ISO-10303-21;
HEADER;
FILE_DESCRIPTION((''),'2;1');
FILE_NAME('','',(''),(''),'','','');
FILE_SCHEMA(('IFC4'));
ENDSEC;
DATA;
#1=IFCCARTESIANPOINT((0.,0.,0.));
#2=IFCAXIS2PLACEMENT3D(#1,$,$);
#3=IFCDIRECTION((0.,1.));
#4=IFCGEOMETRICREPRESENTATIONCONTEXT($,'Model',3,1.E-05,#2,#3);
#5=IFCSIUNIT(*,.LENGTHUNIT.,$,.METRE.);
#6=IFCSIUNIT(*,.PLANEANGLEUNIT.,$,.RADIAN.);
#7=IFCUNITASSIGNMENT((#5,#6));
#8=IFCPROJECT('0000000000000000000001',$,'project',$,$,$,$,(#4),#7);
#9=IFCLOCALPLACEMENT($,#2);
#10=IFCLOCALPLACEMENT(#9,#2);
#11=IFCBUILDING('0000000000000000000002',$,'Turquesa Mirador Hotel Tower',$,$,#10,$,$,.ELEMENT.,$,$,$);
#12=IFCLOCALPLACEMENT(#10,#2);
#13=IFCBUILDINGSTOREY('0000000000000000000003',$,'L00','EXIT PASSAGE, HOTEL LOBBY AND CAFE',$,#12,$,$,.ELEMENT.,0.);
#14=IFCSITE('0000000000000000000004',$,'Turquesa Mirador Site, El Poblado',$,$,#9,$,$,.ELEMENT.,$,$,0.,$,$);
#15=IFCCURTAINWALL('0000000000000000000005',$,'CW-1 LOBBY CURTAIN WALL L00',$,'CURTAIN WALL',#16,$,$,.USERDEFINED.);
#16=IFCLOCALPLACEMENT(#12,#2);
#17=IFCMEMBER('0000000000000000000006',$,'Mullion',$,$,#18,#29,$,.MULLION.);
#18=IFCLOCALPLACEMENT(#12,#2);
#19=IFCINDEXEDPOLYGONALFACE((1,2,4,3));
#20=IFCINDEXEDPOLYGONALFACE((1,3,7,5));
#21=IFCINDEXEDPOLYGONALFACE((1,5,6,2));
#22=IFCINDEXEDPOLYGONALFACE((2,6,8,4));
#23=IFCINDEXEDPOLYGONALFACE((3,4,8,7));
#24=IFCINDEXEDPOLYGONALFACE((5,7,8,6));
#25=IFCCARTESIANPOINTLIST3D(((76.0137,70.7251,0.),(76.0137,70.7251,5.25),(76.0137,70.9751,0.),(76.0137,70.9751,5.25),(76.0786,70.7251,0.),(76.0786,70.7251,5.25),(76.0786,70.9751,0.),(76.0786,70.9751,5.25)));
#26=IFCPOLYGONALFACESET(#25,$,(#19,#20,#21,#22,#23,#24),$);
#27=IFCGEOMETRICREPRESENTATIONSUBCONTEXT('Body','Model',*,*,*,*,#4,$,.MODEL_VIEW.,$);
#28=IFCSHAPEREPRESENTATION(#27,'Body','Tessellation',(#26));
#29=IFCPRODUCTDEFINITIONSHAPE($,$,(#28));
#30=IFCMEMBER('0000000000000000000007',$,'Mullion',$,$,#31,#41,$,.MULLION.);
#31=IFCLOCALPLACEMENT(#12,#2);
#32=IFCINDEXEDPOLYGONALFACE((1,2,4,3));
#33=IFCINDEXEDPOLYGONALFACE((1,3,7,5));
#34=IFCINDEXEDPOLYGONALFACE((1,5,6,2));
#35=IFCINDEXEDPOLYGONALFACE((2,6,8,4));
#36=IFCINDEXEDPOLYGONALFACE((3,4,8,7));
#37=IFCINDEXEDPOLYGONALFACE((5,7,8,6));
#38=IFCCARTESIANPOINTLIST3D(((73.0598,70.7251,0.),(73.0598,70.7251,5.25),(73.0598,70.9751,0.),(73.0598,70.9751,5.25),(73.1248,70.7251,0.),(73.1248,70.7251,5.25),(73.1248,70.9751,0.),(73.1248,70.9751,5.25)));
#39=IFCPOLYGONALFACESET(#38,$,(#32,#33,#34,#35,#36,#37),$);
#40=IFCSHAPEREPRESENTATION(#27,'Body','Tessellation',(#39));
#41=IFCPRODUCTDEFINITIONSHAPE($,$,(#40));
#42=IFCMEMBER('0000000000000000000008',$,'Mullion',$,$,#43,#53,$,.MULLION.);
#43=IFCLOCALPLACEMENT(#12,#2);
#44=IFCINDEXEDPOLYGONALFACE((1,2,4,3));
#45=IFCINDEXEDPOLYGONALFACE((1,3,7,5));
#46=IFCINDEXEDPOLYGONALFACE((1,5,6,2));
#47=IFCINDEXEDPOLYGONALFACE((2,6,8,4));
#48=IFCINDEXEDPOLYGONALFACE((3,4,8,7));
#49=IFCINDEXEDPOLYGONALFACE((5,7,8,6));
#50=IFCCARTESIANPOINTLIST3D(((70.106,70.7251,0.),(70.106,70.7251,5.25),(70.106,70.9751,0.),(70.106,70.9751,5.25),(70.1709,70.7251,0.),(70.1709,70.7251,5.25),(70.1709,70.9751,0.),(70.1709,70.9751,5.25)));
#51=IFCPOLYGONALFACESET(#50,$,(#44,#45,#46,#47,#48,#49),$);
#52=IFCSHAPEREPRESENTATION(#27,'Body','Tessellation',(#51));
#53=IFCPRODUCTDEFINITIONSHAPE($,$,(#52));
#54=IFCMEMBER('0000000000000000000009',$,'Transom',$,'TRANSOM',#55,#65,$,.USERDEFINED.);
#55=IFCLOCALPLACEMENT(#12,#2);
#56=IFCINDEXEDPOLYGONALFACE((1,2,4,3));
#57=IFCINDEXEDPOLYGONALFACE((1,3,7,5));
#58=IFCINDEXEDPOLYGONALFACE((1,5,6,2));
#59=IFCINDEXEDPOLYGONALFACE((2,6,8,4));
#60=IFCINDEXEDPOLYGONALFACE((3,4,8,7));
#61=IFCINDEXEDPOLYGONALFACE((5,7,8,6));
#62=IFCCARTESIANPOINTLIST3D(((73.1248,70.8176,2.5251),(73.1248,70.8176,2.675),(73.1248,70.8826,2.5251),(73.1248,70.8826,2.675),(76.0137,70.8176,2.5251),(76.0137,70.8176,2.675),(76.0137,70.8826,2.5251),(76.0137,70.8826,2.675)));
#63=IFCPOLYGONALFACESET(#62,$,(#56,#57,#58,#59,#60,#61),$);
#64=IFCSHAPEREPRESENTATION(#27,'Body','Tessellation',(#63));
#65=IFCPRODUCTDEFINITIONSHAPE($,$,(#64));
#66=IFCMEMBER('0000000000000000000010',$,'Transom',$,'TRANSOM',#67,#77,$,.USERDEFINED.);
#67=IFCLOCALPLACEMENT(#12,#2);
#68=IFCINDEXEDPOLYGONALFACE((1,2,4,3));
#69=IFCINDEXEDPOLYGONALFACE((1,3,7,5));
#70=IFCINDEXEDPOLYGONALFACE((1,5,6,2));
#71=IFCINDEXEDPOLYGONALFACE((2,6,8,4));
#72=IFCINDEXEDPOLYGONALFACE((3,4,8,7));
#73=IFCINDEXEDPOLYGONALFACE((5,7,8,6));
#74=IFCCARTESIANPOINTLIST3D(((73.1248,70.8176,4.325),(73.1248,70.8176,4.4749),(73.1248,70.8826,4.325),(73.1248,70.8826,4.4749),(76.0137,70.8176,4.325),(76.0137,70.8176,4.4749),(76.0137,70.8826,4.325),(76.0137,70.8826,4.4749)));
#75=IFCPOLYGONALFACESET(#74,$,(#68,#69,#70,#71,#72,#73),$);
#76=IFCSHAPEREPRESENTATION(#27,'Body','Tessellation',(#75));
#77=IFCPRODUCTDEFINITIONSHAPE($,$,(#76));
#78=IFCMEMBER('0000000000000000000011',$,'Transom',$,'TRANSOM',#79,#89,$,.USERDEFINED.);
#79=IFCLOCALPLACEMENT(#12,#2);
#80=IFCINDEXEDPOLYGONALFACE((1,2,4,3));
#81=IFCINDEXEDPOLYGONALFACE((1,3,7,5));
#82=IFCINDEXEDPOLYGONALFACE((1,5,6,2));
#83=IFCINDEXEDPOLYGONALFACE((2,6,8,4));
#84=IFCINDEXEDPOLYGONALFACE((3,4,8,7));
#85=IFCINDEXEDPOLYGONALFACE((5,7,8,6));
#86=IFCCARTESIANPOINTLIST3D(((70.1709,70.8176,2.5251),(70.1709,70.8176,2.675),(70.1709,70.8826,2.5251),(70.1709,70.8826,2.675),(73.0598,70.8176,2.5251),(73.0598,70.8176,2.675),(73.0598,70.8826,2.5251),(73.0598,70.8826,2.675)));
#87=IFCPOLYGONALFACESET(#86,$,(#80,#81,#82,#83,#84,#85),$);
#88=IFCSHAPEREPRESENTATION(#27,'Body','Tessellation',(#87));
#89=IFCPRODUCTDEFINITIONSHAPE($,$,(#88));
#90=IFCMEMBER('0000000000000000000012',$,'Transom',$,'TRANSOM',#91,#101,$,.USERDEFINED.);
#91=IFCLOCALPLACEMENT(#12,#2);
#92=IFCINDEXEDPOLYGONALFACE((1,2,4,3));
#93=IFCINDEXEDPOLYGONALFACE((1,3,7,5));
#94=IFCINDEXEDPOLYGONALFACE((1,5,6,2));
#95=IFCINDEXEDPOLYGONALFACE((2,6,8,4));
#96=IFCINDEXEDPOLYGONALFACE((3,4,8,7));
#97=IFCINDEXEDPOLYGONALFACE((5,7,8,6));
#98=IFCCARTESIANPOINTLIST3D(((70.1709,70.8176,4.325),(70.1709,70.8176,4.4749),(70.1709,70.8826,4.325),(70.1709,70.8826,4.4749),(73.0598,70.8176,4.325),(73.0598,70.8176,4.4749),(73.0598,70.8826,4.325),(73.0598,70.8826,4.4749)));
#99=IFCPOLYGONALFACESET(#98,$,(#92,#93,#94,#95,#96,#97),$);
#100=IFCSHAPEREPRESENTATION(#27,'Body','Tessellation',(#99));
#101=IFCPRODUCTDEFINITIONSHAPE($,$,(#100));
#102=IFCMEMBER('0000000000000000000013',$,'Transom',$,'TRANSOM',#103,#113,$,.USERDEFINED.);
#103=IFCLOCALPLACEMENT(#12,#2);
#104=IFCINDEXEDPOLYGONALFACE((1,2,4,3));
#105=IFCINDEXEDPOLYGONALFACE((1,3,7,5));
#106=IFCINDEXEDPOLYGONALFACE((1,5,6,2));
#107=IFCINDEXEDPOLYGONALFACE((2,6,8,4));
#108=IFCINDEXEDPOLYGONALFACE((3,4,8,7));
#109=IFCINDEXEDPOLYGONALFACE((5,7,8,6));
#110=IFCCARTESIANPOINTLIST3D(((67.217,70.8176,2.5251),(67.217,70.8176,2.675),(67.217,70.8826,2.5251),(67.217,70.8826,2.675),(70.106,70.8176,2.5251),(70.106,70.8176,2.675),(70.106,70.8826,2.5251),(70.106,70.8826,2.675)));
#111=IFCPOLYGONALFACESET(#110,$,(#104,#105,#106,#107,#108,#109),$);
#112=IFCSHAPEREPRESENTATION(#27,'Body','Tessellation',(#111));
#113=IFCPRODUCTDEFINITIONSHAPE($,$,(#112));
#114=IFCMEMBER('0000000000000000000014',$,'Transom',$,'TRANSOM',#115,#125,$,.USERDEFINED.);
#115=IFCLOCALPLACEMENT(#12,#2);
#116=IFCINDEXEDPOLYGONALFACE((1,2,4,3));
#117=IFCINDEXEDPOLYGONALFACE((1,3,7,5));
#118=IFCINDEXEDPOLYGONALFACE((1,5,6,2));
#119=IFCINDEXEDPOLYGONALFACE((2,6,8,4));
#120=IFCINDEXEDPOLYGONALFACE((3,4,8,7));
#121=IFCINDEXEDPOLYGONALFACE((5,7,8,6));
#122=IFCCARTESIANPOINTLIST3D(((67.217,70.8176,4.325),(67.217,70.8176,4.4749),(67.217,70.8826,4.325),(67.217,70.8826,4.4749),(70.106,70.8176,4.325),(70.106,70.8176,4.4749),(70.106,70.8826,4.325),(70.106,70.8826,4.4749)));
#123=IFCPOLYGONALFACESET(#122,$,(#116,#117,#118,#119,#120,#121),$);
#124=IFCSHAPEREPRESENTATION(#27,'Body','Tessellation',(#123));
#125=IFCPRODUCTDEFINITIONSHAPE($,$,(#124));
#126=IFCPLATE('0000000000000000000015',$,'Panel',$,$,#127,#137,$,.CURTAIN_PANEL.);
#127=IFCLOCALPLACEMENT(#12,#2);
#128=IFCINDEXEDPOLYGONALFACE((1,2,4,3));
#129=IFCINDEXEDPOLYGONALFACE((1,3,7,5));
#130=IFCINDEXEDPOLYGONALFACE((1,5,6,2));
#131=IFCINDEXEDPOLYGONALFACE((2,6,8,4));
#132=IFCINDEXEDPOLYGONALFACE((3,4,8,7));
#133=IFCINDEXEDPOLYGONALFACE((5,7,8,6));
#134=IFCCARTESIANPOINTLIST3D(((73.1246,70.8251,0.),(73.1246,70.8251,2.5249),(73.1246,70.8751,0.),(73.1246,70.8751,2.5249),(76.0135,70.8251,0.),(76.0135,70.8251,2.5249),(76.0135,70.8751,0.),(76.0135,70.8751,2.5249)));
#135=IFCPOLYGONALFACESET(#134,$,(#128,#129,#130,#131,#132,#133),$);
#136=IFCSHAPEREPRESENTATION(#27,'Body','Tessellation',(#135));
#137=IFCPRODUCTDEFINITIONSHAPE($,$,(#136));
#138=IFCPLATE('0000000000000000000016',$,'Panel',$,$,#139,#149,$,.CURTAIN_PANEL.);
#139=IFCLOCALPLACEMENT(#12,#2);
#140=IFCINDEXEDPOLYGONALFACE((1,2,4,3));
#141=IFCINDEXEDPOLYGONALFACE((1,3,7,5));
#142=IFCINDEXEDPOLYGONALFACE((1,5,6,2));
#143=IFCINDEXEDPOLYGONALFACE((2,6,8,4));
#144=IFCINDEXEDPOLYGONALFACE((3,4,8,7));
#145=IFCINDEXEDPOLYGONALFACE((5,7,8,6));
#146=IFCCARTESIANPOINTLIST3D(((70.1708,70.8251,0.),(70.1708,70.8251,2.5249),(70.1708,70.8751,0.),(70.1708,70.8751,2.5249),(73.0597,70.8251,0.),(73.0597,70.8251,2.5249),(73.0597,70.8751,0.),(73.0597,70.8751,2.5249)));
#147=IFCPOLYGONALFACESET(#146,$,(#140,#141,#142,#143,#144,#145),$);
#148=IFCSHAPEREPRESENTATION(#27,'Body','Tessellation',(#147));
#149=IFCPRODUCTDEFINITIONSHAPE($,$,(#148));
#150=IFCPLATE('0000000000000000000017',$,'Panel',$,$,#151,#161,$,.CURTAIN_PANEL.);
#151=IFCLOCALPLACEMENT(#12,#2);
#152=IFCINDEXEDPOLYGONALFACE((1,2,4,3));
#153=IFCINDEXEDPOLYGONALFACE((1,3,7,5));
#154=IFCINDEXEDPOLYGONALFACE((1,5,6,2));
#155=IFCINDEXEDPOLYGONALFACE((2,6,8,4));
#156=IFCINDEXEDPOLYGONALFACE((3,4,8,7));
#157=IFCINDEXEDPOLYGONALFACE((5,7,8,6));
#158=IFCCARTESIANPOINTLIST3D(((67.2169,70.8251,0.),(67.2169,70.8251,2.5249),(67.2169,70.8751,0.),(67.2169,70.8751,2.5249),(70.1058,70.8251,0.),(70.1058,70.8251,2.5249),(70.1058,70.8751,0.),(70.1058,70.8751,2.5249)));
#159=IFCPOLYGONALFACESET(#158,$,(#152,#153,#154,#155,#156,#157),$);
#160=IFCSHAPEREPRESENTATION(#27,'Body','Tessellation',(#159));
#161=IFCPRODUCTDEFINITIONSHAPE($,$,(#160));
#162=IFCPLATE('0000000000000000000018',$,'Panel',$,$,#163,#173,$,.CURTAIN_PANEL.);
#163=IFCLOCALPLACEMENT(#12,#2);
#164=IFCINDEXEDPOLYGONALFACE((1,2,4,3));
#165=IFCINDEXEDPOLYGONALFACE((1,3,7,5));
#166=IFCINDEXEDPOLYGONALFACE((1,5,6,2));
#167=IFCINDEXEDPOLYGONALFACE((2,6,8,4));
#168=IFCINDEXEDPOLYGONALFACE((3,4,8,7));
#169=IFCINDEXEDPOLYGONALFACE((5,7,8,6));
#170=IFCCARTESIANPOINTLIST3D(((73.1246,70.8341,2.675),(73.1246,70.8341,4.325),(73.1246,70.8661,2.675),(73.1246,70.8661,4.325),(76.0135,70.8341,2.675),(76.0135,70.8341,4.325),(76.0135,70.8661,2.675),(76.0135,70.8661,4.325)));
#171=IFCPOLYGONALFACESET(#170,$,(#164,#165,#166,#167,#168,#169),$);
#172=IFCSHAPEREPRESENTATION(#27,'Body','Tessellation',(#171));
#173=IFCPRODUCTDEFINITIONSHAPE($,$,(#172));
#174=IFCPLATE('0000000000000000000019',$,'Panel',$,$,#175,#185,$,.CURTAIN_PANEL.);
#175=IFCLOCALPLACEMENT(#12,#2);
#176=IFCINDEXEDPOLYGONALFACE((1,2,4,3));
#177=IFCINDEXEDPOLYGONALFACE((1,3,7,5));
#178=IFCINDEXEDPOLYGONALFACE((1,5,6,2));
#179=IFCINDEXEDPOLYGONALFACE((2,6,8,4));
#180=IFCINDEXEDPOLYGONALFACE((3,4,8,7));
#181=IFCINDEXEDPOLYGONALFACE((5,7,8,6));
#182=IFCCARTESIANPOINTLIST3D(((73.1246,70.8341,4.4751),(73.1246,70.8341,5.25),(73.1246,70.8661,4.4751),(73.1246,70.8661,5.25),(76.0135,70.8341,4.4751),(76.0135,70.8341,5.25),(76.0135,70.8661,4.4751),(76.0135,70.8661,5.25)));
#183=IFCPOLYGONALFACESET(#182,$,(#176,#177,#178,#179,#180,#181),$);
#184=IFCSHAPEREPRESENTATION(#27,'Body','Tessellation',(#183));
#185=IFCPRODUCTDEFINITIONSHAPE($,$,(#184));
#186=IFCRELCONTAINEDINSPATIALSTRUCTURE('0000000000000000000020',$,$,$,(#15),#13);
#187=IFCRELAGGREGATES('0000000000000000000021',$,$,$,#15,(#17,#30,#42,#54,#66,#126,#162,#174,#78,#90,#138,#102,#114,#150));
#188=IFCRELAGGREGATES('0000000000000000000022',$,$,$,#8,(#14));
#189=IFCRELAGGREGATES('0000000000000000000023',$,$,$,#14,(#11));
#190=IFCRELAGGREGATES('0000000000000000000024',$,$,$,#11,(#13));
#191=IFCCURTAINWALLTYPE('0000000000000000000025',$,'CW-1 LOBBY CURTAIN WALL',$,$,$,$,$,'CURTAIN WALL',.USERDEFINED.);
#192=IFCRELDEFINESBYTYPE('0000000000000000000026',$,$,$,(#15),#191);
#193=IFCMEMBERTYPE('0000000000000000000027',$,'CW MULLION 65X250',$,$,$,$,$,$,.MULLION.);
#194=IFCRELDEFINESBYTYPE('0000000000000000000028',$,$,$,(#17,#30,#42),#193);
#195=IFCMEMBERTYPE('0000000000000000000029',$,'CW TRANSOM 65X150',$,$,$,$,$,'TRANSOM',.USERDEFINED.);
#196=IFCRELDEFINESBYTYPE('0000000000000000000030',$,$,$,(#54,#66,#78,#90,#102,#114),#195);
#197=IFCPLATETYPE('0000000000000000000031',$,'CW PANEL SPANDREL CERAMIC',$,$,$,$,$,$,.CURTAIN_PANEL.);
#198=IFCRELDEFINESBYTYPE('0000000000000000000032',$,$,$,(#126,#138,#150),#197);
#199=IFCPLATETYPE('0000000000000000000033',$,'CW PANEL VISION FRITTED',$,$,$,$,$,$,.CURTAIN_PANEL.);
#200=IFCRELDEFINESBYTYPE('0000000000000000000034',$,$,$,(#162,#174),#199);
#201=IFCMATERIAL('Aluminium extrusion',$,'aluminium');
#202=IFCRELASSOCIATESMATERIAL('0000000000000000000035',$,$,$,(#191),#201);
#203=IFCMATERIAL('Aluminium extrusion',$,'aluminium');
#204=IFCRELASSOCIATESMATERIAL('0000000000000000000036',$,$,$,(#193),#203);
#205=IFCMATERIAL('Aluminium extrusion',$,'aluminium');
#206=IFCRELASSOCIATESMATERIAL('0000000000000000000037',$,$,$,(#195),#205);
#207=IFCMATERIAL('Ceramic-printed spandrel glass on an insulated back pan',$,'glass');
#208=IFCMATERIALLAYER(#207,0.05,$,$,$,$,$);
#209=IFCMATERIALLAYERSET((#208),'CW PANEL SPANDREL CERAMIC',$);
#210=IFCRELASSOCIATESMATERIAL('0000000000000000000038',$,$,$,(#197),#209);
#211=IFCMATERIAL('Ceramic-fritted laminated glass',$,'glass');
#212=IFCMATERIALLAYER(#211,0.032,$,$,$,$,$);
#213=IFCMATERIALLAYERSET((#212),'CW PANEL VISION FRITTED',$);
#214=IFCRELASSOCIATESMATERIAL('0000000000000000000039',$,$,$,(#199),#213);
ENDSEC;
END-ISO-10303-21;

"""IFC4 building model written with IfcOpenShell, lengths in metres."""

from ifc_helpers import new_model, si_unit, direction, frame, origin, origin_2d, place, context, subcontext, project, spatial, rectangle, extrude, material, layer, layer_set, material_profile, profile_set, type_object, element, aggregate, save


model = new_model("IFC4")

# Units and contexts
model_context = context("Model", 3, precision=1e-05, world=origin(), true_north=direction((0.0, 1.0)))
body_context = subcontext(model_context, "Body", "Model", "MODEL_VIEW")
ifc_project = project(units=[si_unit("LENGTHUNIT", "METRE"), si_unit("PLANEANGLEUNIT", "RADIAN")], contexts=[model_context])

# Site, building, storey
site_placement = place(None, origin())
site = spatial("IfcSite", under=ifc_project, at=site_placement, Name="Turquesa Mirador Site, El Poblado", CompositionType="ELEMENT", RefElevation=0.0)
building_placement = place(site_placement, origin())
building = spatial("IfcBuilding", under=site, at=building_placement, Name="Turquesa Mirador Hotel Tower", CompositionType="ELEMENT")
storey_placement = place(building_placement, origin())
storey = spatial("IfcBuildingStorey", under=building, at=storey_placement, Name="L00", Description="EXIT PASSAGE, HOTEL LOBBY AND CAFE", CompositionType="ELEMENT", Elevation=0.0)

# Curtain wall, members, plates
ifc_material_1 = material(Name="Aluminium extrusion", Category="aluminium")
curtain_wall_type = type_object("IfcCurtainWallType", Name="CW-1 LOBBY CURTAIN WALL", ElementType="CURTAIN WALL", PredefinedType="USERDEFINED", material=ifc_material_1)
curtain_wall_placement = place(storey_placement, origin())
curtain_wall = element("IfcCurtainWall", 1, at=curtain_wall_placement, inside=storey, type_object=curtain_wall_type, Name="CW-1 LOBBY CURTAIN WALL L00", ObjectType="CURTAIN WALL", PredefinedType="USERDEFINED")
ifc_material_2 = material(Name="Aluminium extrusion", Category="aluminium")
ifc_material_profile_1 = material_profile(ifc_material_2, rectangle(XDim=0.0649, YDim=0.25, at=origin_2d()), Name="MULLION 65X250")
ifc_profile_set_1 = profile_set([ifc_material_profile_1], Name="Aluminium extrusion")
member_type_1 = type_object("IfcMemberType", Name="CW MULLION 65X250", PredefinedType="MULLION", material=ifc_profile_set_1)
member_1_placement = place(storey_placement, frame((76.0461, 70.8501, 0.0), z_axis=(0.0, 0.0, 1.0), x_axis=(-1.0, 0.0, 0.0)))
member_1 = element("IfcMember", 2, at=member_1_placement, type_object=member_type_1, Name="Mullion", PredefinedType="MULLION", context=body_context, shape_type="SweptSolid", body=[
    extrude(rectangle(XDim=0.0649, YDim=0.25, at=origin_2d()), origin(), (0.0, 0.0, 1.0), 5.25),
])
member_2_placement = place(storey_placement, frame((73.0923, 70.8501, 0.0), z_axis=(0.0, 0.0, 1.0), x_axis=(-1.0, 0.0, 0.0)))
member_2 = element("IfcMember", 3, at=member_2_placement, type_object=member_type_1, Name="Mullion", PredefinedType="MULLION", context=body_context, shape_type="SweptSolid", body=[
    extrude(rectangle(XDim=0.0649, YDim=0.25, at=origin_2d()), origin(), (0.0, 0.0, 1.0), 5.25),
])
member_3_placement = place(storey_placement, frame((70.1384, 70.8501, 0.0), z_axis=(0.0, 0.0, 1.0), x_axis=(-1.0, 0.0, 0.0)))
member_3 = element("IfcMember", 4, at=member_3_placement, type_object=member_type_1, Name="Mullion", PredefinedType="MULLION", context=body_context, shape_type="SweptSolid", body=[
    extrude(rectangle(XDim=0.0649, YDim=0.25, at=origin_2d()), origin(), (0.0, 0.0, 1.0), 5.25),
])
ifc_material_3 = material(Name="Aluminium extrusion", Category="aluminium")
ifc_material_profile_2 = material_profile(ifc_material_3, rectangle(XDim=0.0649, YDim=0.1499, at=origin_2d()), Name="TRANSOM 65X150")
ifc_profile_set_2 = profile_set([ifc_material_profile_2], Name="Aluminium extrusion")
member_type_2 = type_object("IfcMemberType", Name="CW TRANSOM 65X150", ElementType="TRANSOM", PredefinedType="USERDEFINED", material=ifc_profile_set_2)
member_4_placement = place(storey_placement, frame((76.0137, 70.8501, 2.6001), z_axis=(-1.0, 0.0, 0.0), x_axis=(0.0, -1.0, 0.0)))
member_4 = element("IfcMember", 5, at=member_4_placement, type_object=member_type_2, Name="Transom", ObjectType="TRANSOM", PredefinedType="USERDEFINED", context=body_context, shape_type="SweptSolid", body=[
    extrude(rectangle(XDim=0.0649, YDim=0.1499, at=origin_2d()), origin(), (0.0, 0.0, 1.0), 2.8889),
])
member_5_placement = place(storey_placement, frame((76.0137, 70.8501, 4.3999), z_axis=(-1.0, 0.0, 0.0), x_axis=(0.0, -1.0, 0.0)))
member_5 = element("IfcMember", 6, at=member_5_placement, type_object=member_type_2, Name="Transom", ObjectType="TRANSOM", PredefinedType="USERDEFINED", context=body_context, shape_type="SweptSolid", body=[
    extrude(rectangle(XDim=0.0649, YDim=0.1499, at=origin_2d()), origin(), (0.0, 0.0, 1.0), 2.8889),
])
member_6_placement = place(storey_placement, frame((73.0598, 70.8501, 2.6001), z_axis=(-1.0, 0.0, 0.0), x_axis=(0.0, -1.0, 0.0)))
member_6 = element("IfcMember", 7, at=member_6_placement, type_object=member_type_2, Name="Transom", ObjectType="TRANSOM", PredefinedType="USERDEFINED", context=body_context, shape_type="SweptSolid", body=[
    extrude(rectangle(XDim=0.0649, YDim=0.1499, at=origin_2d()), origin(), (0.0, 0.0, 1.0), 2.8889),
])
member_7_placement = place(storey_placement, frame((73.0598, 70.8501, 4.3999), z_axis=(-1.0, 0.0, 0.0), x_axis=(0.0, -1.0, 0.0)))
member_7 = element("IfcMember", 8, at=member_7_placement, type_object=member_type_2, Name="Transom", ObjectType="TRANSOM", PredefinedType="USERDEFINED", context=body_context, shape_type="SweptSolid", body=[
    extrude(rectangle(XDim=0.0649, YDim=0.1499, at=origin_2d()), origin(), (0.0, 0.0, 1.0), 2.8889),
])
member_8_placement = place(storey_placement, frame((70.106, 70.8501, 2.6001), z_axis=(-1.0, 0.0, 0.0), x_axis=(0.0, -1.0, 0.0)))
member_8 = element("IfcMember", 9, at=member_8_placement, type_object=member_type_2, Name="Transom", ObjectType="TRANSOM", PredefinedType="USERDEFINED", context=body_context, shape_type="SweptSolid", body=[
    extrude(rectangle(XDim=0.0649, YDim=0.1499, at=origin_2d()), origin(), (0.0, 0.0, 1.0), 2.8889),
])
member_9_placement = place(storey_placement, frame((70.106, 70.8501, 4.3999), z_axis=(-1.0, 0.0, 0.0), x_axis=(0.0, -1.0, 0.0)))
member_9 = element("IfcMember", 10, at=member_9_placement, type_object=member_type_2, Name="Transom", ObjectType="TRANSOM", PredefinedType="USERDEFINED", context=body_context, shape_type="SweptSolid", body=[
    extrude(rectangle(XDim=0.0649, YDim=0.1499, at=origin_2d()), origin(), (0.0, 0.0, 1.0), 2.8889),
])
ifc_material_4 = material(Name="Ceramic-printed spandrel glass on an insulated back pan", Category="glass")
ifc_layer_1 = layer(ifc_material_4, 0.05)
ifc_layer_set_1 = layer_set([ifc_layer_1], Name="CW PANEL SPANDREL CERAMIC")
plate_type_1 = type_object("IfcPlateType", Name="CW PANEL SPANDREL CERAMIC", PredefinedType="CURTAIN_PANEL", material=ifc_layer_set_1)
plate_1_placement = place(storey_placement, frame((74.5691, 70.8501, 0.0), z_axis=(0.0, 0.0, 1.0), x_axis=(-1.0, 0.0, 0.0)))
plate_1 = element("IfcPlate", 11, at=plate_1_placement, type_object=plate_type_1, Name="Panel", PredefinedType="CURTAIN_PANEL", context=body_context, shape_type="SweptSolid", body=[
    extrude(rectangle(XDim=2.8889, YDim=0.05, at=origin_2d()), origin(), (0.0, 0.0, 1.0), 2.5249),
])
plate_2_placement = place(storey_placement, frame((71.6152, 70.8501, 0.0), z_axis=(0.0, 0.0, 1.0), x_axis=(-1.0, 0.0, 0.0)))
plate_2 = element("IfcPlate", 12, at=plate_2_placement, type_object=plate_type_1, Name="Panel", PredefinedType="CURTAIN_PANEL", context=body_context, shape_type="SweptSolid", body=[
    extrude(rectangle(XDim=2.8889, YDim=0.05, at=origin_2d()), origin(), (0.0, 0.0, 1.0), 2.5249),
])
plate_3_placement = place(storey_placement, frame((68.6614, 70.8501, 0.0), z_axis=(0.0, 0.0, 1.0), x_axis=(-1.0, 0.0, 0.0)))
plate_3 = element("IfcPlate", 13, at=plate_3_placement, type_object=plate_type_1, Name="Panel", PredefinedType="CURTAIN_PANEL", context=body_context, shape_type="SweptSolid", body=[
    extrude(rectangle(XDim=2.8889, YDim=0.05, at=origin_2d()), origin(), (0.0, 0.0, 1.0), 2.5249),
])
ifc_material_5 = material(Name="Ceramic-fritted laminated glass", Category="glass")
ifc_layer_2 = layer(ifc_material_5, 0.032)
ifc_layer_set_2 = layer_set([ifc_layer_2], Name="CW PANEL VISION FRITTED")
plate_type_2 = type_object("IfcPlateType", Name="CW PANEL VISION FRITTED", PredefinedType="CURTAIN_PANEL", material=ifc_layer_set_2)
plate_4_placement = place(storey_placement, frame((74.5691, 70.8501, 2.675), z_axis=(0.0, 0.0, 1.0), x_axis=(-1.0, 0.0, 0.0)))
plate_4 = element("IfcPlate", 14, at=plate_4_placement, type_object=plate_type_2, Name="Panel", PredefinedType="CURTAIN_PANEL", context=body_context, shape_type="SweptSolid", body=[
    extrude(rectangle(XDim=2.8889, YDim=0.032, at=origin_2d()), origin(), (0.0, 0.0, 1.0), 1.6499),
])
plate_5_placement = place(storey_placement, frame((74.5691, 70.8501, 4.4751), z_axis=(0.0, 0.0, 1.0), x_axis=(-1.0, 0.0, 0.0)))
plate_5 = element("IfcPlate", 15, at=plate_5_placement, type_object=plate_type_2, Name="Panel", PredefinedType="CURTAIN_PANEL", context=body_context, shape_type="SweptSolid", body=[
    extrude(rectangle(XDim=2.8889, YDim=0.032, at=origin_2d()), origin(), (0.0, 0.0, 1.0), 0.7749),
])
aggregate(curtain_wall, [member_1, member_2, member_3, member_4, member_5, plate_1, plate_4, plate_5, member_6, member_7, plate_2, member_8, member_9, plate_3])

save(model, "model.ifc")
